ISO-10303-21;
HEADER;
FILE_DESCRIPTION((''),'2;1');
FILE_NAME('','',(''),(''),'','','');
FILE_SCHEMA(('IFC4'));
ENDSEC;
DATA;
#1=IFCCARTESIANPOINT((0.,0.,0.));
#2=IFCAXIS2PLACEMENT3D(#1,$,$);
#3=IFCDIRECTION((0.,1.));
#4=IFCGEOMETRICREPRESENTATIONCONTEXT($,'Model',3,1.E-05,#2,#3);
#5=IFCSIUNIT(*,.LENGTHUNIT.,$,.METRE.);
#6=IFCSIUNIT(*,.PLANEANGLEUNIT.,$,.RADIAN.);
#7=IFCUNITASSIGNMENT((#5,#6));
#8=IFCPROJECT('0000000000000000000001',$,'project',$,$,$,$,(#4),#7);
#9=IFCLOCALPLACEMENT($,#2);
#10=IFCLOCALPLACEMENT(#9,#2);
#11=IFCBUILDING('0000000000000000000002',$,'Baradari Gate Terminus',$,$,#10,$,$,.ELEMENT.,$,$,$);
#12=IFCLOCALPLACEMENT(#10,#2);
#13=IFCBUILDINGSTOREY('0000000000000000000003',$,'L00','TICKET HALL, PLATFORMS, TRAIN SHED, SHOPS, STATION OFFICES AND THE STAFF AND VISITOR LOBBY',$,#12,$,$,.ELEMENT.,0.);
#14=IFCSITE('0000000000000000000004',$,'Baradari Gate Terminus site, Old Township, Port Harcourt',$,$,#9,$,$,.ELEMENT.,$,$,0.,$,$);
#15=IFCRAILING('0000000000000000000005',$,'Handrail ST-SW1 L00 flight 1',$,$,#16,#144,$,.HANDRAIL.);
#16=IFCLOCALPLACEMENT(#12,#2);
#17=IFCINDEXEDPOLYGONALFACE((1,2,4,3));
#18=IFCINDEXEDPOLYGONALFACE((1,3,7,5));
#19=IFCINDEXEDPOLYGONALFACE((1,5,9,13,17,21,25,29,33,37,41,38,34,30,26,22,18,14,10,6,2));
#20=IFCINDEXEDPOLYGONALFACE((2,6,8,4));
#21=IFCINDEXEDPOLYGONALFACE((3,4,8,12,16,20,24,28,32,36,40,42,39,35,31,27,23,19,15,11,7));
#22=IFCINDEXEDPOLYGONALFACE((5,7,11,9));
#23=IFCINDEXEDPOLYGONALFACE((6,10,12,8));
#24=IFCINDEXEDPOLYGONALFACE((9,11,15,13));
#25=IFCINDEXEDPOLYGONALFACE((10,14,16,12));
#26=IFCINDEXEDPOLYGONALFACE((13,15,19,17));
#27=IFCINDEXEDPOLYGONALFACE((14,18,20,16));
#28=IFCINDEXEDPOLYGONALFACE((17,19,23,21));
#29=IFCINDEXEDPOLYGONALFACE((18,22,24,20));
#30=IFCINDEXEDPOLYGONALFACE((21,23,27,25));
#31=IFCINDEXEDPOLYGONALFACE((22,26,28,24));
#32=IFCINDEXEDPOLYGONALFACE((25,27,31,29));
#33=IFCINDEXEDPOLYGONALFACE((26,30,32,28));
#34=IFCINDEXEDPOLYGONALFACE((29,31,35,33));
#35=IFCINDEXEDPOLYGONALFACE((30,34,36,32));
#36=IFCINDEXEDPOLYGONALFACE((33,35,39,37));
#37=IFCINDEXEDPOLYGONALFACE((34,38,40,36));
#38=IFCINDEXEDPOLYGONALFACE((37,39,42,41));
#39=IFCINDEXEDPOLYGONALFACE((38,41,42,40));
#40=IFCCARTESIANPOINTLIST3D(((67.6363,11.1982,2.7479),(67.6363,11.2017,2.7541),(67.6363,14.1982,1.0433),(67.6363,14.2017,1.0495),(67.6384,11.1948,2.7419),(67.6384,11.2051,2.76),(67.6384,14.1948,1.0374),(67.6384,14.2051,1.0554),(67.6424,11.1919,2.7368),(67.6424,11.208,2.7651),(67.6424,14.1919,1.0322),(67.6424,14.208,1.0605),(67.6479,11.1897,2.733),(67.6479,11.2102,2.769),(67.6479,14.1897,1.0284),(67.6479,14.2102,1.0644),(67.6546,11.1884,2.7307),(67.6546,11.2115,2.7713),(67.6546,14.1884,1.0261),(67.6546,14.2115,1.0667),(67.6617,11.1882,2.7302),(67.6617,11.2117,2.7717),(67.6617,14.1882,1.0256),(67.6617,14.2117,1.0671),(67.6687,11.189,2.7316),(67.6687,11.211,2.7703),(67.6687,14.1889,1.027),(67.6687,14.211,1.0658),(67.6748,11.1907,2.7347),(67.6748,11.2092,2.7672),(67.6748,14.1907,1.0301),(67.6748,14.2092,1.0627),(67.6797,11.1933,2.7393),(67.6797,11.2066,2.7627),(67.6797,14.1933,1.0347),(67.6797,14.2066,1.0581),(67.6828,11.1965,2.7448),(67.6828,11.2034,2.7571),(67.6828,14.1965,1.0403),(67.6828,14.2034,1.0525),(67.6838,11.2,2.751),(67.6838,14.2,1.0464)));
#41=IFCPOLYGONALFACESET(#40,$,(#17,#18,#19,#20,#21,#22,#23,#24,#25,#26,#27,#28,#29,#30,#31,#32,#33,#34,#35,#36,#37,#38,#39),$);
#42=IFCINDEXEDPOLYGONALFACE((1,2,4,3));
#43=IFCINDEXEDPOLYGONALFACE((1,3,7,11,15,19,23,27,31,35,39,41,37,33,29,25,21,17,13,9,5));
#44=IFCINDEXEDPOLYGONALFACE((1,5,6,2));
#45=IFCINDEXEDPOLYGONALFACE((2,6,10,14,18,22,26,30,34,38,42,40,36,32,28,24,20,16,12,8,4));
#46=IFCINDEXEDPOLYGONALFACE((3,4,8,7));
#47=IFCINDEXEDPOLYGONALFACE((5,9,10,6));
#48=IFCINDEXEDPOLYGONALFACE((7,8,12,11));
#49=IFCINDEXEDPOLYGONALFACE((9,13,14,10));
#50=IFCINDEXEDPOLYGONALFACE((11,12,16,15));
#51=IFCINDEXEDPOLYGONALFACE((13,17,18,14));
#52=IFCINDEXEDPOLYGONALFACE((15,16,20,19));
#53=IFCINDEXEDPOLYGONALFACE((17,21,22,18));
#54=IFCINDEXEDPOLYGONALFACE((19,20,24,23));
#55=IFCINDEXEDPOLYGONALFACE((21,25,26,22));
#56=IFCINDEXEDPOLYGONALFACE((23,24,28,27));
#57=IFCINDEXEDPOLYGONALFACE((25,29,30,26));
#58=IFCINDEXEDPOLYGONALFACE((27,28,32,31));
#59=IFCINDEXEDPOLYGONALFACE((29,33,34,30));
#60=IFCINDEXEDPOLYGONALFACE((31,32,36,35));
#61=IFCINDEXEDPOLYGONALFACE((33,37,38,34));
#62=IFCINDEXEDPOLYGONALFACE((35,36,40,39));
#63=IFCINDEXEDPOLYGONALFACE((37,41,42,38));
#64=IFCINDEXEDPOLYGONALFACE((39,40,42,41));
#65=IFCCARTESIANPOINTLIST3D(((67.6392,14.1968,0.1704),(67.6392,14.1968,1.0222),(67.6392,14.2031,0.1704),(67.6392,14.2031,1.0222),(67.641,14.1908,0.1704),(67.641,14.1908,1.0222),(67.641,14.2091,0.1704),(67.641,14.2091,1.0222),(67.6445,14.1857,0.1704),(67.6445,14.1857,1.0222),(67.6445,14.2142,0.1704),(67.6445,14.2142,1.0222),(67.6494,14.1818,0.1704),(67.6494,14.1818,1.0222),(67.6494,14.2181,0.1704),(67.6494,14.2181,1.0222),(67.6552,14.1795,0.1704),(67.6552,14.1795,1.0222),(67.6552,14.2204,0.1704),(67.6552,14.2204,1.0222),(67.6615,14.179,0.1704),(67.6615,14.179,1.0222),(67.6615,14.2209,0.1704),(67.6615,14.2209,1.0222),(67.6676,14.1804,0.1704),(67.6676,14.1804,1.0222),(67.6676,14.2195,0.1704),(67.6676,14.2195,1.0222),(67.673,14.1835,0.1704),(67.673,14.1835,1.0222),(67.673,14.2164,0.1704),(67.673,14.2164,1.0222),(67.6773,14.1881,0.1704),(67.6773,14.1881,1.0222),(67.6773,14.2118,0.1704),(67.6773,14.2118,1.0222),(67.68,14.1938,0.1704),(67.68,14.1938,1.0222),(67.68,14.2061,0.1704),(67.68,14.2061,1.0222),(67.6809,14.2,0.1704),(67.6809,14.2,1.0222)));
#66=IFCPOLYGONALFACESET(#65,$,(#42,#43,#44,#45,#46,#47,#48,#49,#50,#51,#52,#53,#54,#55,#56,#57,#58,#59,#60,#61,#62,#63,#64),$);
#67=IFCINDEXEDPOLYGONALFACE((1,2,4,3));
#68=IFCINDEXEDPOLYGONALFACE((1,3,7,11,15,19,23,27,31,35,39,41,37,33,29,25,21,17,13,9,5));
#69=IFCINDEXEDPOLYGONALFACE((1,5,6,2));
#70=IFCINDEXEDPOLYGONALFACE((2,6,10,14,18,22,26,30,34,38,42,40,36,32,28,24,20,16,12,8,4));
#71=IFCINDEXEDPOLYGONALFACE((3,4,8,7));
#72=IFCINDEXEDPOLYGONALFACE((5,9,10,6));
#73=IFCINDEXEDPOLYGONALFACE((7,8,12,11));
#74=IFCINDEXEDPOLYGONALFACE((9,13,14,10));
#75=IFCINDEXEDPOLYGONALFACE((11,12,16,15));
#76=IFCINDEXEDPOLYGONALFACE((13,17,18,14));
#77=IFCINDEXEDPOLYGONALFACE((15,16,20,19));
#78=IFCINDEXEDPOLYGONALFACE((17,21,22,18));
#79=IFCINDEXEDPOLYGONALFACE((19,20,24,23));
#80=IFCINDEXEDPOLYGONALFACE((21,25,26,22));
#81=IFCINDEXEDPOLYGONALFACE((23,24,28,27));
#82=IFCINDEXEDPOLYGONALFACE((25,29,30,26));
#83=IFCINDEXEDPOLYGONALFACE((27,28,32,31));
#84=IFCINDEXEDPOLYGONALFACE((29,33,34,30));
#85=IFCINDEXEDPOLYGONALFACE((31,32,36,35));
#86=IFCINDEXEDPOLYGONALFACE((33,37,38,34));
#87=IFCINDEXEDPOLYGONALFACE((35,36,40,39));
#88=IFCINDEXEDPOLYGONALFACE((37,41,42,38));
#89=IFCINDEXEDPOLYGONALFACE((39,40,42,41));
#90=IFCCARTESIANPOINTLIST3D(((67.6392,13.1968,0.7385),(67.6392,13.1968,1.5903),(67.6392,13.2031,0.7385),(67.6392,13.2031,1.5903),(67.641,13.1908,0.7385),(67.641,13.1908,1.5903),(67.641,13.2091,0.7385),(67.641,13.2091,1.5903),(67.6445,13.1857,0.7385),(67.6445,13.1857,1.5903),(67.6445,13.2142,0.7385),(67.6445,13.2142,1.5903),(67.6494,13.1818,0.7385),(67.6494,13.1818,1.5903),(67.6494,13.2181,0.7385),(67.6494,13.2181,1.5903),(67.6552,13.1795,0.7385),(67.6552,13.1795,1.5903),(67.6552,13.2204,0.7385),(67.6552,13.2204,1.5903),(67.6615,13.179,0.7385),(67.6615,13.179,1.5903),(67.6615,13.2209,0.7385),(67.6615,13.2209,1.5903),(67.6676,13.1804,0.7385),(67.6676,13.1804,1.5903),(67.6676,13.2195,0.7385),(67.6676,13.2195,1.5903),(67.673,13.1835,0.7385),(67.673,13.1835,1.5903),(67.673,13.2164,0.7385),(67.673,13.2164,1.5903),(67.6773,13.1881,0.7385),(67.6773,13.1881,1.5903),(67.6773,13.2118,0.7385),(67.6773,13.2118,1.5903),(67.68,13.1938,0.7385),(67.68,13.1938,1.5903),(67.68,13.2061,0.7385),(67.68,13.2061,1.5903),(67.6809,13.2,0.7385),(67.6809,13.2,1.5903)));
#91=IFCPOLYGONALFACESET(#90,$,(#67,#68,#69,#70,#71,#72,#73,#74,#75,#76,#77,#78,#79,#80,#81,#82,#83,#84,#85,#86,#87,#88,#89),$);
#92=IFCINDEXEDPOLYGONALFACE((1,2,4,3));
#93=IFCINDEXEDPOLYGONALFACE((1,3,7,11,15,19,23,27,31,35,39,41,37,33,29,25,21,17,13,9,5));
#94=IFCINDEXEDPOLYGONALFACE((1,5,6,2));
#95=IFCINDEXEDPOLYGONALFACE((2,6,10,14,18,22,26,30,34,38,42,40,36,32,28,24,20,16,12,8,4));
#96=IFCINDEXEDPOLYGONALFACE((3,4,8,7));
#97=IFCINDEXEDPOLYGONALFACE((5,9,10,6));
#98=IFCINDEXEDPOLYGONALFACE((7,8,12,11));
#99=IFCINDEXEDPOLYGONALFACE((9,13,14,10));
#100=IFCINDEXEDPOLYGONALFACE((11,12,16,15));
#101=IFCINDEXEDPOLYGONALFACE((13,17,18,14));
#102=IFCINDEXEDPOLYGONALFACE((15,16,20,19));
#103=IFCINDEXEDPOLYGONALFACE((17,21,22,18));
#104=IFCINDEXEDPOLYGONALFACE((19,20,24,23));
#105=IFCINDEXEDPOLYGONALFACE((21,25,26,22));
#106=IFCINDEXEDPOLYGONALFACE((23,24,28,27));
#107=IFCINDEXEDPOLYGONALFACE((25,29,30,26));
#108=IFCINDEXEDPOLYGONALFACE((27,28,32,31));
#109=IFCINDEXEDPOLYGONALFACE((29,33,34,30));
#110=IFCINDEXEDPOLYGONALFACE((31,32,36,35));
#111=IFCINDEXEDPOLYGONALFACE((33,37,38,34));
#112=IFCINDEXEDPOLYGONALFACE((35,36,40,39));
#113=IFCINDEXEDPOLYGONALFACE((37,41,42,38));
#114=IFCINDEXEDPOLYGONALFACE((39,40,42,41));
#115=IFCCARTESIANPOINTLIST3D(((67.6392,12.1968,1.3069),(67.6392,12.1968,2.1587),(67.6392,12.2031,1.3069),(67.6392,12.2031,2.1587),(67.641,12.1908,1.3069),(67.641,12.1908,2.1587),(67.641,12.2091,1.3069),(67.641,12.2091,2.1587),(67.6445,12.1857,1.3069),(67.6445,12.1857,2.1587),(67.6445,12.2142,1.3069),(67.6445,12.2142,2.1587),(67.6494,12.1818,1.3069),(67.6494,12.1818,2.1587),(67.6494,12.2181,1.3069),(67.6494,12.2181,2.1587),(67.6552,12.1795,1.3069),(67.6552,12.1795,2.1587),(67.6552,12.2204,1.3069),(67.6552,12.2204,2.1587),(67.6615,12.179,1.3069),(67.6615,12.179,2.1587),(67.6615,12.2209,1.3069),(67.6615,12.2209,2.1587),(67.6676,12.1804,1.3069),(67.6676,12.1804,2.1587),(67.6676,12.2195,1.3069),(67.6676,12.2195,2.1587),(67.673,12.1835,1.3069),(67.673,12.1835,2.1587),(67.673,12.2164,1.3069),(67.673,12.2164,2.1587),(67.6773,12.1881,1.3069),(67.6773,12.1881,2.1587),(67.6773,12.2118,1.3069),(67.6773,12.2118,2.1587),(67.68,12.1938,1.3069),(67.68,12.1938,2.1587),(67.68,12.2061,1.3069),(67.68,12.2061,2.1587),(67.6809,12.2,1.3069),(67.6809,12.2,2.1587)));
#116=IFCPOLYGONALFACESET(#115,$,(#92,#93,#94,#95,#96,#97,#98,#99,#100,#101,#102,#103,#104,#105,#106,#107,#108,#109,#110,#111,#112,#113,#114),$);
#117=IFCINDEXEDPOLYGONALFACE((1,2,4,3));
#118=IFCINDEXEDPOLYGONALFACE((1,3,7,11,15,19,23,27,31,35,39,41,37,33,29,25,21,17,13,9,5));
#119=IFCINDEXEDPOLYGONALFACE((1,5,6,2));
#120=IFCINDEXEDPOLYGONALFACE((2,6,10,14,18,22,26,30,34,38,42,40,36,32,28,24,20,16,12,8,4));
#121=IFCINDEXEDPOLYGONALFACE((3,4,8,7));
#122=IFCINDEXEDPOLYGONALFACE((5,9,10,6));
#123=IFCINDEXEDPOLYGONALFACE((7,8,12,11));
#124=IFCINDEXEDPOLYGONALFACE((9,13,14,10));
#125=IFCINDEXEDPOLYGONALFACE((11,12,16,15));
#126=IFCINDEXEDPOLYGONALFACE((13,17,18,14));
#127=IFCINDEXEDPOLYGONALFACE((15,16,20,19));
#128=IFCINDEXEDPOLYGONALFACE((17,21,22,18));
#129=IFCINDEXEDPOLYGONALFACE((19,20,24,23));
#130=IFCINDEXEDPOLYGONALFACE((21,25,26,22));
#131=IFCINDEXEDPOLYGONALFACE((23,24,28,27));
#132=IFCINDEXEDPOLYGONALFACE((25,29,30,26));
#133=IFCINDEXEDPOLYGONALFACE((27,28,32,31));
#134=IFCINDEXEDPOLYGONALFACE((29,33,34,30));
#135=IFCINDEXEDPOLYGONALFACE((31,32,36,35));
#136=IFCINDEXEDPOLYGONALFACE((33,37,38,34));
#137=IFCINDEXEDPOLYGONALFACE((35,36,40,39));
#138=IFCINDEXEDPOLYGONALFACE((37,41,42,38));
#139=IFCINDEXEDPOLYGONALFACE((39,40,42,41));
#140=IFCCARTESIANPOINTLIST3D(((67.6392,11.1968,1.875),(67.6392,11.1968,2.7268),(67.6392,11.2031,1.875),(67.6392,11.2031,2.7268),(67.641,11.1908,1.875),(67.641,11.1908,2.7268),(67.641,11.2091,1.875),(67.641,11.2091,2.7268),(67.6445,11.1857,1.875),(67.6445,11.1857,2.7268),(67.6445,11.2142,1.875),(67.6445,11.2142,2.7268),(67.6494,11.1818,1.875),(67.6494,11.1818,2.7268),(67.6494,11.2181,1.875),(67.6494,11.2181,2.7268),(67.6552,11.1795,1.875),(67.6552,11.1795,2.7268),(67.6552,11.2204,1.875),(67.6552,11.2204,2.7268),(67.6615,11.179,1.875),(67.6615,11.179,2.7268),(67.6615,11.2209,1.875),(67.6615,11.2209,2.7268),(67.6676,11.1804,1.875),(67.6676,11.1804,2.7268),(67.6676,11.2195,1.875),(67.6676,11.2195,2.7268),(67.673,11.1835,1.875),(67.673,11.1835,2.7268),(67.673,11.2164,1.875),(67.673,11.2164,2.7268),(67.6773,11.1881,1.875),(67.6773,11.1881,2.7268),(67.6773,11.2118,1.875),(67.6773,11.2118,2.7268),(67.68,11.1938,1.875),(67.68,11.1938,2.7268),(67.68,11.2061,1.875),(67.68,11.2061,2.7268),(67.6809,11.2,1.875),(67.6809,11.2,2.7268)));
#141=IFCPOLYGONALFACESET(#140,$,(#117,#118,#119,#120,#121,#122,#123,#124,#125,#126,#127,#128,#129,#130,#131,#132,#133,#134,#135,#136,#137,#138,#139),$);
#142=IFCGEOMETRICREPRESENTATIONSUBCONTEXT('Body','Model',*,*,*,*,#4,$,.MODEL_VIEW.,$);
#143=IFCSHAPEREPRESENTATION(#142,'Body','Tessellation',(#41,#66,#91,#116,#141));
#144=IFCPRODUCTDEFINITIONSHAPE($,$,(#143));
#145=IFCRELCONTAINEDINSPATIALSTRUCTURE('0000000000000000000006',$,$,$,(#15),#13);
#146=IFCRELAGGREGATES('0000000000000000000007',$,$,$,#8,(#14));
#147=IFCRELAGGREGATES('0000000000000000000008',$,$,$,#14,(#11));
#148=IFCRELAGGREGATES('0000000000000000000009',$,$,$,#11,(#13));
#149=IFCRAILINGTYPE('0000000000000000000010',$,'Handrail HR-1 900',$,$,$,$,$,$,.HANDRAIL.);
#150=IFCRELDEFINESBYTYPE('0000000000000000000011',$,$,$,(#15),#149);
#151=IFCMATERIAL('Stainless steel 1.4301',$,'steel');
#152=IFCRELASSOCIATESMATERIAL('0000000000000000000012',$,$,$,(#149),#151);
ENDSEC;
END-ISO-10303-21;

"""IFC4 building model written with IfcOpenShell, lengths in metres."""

from ifc_helpers import new_model, si_unit, direction, frame, origin, origin_2d, place, context, subcontext, project, spatial, circle, extrude, material, type_object, element, save


model = new_model("IFC4")

# Units and contexts
model_context = context("Model", 3, precision=1e-05, world=origin(), true_north=direction((0.0, 1.0)))
body_context = subcontext(model_context, "Body", "Model", "MODEL_VIEW")
ifc_project = project(units=[si_unit("LENGTHUNIT", "METRE"), si_unit("PLANEANGLEUNIT", "RADIAN")], contexts=[model_context])

# Site, building, storey
site_placement = place(None, origin())
site = spatial("IfcSite", under=ifc_project, at=site_placement, Name="Baradari Gate Terminus site, Old Township, Port Harcourt", CompositionType="ELEMENT", RefElevation=0.0)
building_placement = place(site_placement, origin())
building = spatial("IfcBuilding", under=site, at=building_placement, Name="Baradari Gate Terminus", CompositionType="ELEMENT")
storey_placement = place(building_placement, origin())
storey = spatial("IfcBuildingStorey", under=building, at=storey_placement, Name="L00", Description="TICKET HALL, PLATFORMS, TRAIN SHED, SHOPS, STATION OFFICES AND THE STAFF AND VISITOR LOBBY", CompositionType="ELEMENT", Elevation=0.0)

# Railing
ifc_material_1 = material(Name="Stainless steel 1.4301", Category="steel")
railing_type = type_object("IfcRailingType", Name="Handrail HR-1 900", PredefinedType="HANDRAIL", material=ifc_material_1)
railing_1_placement = place(storey_placement, frame((67.6599, 14.2, 0.1704)))
element("IfcRailing", 1, at=railing_1_placement, inside=storey, type_object=railing_type, Name="Handrail ST-SW1 L00 flight 1", PredefinedType="HANDRAIL", context=body_context, shape_type="SweptSolid", body=[
    extrude(circle(Radius=0.0239, at=origin_2d()), frame((0.0, 0.0, 0.876), z_axis=(0.0, -0.869451, 0.494019), x_axis=(1.0, 0.0, 0.0)), (0.0, 0.0, 1.0), 3.4504),
    extrude(circle(Radius=0.021, at=origin_2d()), origin(), (0.0, 0.0, 1.0), 0.8518),
    extrude(circle(Radius=0.021, at=origin_2d()), frame((0.0, -1.0, 0.5681)), (0.0, 0.0, 1.0), 0.8518),
    extrude(circle(Radius=0.021, at=origin_2d()), frame((0.0, -2.0, 1.1365)), (0.0, 0.0, 1.0), 0.8518),
    extrude(circle(Radius=0.021, at=origin_2d()), frame((0.0, -3.0, 1.7046)), (0.0, 0.0, 1.0), 0.8518),
])

save(model, "model.ifc")
